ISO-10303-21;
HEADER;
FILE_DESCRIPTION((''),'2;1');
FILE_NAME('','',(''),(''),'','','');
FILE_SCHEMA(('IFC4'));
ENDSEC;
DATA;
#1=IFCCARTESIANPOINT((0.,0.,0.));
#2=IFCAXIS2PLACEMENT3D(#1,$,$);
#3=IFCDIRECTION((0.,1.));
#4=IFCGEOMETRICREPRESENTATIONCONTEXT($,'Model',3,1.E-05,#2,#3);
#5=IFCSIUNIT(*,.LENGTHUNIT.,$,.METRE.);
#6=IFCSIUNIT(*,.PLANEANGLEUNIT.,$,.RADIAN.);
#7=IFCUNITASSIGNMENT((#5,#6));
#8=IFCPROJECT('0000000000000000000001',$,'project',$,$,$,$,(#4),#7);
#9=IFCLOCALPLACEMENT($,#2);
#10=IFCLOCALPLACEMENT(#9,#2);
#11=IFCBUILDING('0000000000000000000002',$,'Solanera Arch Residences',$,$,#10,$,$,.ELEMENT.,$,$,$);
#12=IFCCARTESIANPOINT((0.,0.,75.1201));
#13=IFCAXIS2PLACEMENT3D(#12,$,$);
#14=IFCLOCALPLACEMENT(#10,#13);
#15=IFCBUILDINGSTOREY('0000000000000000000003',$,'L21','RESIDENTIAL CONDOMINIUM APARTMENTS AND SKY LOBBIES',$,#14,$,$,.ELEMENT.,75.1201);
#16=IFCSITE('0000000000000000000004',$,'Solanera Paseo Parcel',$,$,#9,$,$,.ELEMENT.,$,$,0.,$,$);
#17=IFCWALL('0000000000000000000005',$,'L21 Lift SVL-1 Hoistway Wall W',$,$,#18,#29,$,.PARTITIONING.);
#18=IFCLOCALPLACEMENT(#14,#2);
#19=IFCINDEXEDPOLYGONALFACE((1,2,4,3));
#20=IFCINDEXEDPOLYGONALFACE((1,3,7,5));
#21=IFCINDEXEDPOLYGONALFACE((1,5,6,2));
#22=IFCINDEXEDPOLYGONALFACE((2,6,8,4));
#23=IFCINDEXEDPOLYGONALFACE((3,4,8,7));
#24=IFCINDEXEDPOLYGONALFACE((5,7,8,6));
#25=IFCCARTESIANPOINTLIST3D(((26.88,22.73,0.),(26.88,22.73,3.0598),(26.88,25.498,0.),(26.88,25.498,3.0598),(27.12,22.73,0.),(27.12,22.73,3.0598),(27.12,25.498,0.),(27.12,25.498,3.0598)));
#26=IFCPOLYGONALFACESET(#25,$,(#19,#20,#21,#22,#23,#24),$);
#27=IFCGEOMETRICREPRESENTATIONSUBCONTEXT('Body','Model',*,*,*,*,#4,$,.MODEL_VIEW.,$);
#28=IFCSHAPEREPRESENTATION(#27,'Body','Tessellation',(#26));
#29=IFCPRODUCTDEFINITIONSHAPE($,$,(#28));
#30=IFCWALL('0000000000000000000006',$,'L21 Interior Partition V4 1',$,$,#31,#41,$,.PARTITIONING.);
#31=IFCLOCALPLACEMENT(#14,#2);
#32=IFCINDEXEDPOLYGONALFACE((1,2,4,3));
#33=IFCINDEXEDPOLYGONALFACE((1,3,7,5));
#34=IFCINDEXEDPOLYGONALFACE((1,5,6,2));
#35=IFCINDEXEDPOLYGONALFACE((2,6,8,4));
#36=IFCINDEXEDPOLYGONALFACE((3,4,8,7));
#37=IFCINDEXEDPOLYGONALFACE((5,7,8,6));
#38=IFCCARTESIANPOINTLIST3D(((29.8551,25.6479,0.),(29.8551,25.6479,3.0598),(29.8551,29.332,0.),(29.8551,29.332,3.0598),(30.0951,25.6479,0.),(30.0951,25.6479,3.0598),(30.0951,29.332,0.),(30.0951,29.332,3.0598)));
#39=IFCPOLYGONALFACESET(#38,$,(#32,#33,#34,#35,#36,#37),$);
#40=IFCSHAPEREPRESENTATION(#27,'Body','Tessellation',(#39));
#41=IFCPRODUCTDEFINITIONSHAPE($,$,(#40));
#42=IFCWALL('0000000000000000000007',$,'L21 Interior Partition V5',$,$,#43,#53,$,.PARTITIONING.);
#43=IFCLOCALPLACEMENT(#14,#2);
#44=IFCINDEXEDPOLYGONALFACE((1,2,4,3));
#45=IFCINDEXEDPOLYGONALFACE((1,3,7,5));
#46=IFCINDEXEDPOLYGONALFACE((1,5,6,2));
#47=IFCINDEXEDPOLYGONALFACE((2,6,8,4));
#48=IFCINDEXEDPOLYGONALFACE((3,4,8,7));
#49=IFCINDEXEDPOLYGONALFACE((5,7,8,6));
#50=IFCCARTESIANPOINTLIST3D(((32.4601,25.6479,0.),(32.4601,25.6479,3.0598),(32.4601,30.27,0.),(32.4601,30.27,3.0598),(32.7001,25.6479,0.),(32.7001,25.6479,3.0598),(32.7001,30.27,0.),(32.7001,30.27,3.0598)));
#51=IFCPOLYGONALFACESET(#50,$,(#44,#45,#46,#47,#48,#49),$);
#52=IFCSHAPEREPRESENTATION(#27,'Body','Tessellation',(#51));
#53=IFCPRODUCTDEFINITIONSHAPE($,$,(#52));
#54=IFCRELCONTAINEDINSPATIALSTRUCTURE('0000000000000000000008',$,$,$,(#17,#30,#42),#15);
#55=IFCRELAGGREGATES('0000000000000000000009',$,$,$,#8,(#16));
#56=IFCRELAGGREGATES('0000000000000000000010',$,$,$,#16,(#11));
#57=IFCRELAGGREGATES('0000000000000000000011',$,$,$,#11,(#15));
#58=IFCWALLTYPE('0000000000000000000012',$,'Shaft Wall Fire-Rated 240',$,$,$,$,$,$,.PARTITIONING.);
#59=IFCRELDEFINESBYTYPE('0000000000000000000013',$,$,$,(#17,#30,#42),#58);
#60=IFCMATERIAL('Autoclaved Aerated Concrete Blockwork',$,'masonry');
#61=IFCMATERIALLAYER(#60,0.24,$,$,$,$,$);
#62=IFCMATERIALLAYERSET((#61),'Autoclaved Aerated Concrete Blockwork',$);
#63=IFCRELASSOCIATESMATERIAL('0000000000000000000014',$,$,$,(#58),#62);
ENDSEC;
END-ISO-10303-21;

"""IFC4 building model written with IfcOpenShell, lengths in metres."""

from ifc_helpers import new_model, si_unit, direction, frame, frame_2d, origin, place, context, subcontext, project, spatial, rectangle, extrude, material, layer, layer_set, type_object, element, save


model = new_model("IFC4")

# Units and contexts
model_context = context("Model", 3, precision=1e-05, world=origin(), true_north=direction((0.0, 1.0)))
body_context = subcontext(model_context, "Body", "Model", "MODEL_VIEW")
ifc_project = project(units=[si_unit("LENGTHUNIT", "METRE"), si_unit("PLANEANGLEUNIT", "RADIAN")], contexts=[model_context])

# Site, building, storey
site_placement = place(None, origin())
site = spatial("IfcSite", under=ifc_project, at=site_placement, Name="Solanera Paseo Parcel", CompositionType="ELEMENT", RefElevation=0.0)
building_placement = place(site_placement, origin())
building = spatial("IfcBuilding", under=site, at=building_placement, Name="Solanera Arch Residences", CompositionType="ELEMENT")
storey_placement = place(building_placement, frame((0.0, 0.0, 75.1201)))
storey = spatial("IfcBuildingStorey", under=building, at=storey_placement, Name="L21", Description="RESIDENTIAL CONDOMINIUM APARTMENTS AND SKY LOBBIES", CompositionType="ELEMENT", Elevation=75.1201)

# Walls
ifc_material_1 = material(Name="Autoclaved Aerated Concrete Blockwork", Category="masonry")
ifc_layer_1 = layer(ifc_material_1, 0.24)
ifc_layer_set_1 = layer_set([ifc_layer_1], Name="Autoclaved Aerated Concrete Blockwork")
wall_type_1 = type_object("IfcWallType", Name="Shaft Wall Fire-Rated 240", PredefinedType="PARTITIONING", material=ifc_layer_set_1)
wall_1_placement = place(storey_placement, frame((27.0, 22.73, 0.0), z_axis=(0.0, 0.0, 1.0), x_axis=(0.0, 1.0, 0.0)))
element("IfcWall", 1, at=wall_1_placement, inside=storey, type_object=wall_type_1, Name="L21 Lift SVL-1 Hoistway Wall W", PredefinedType="PARTITIONING", context=body_context, shape_type="SweptSolid", body=[
    extrude(rectangle(XDim=2.7681, YDim=0.24, at=frame_2d((1.384, 0.0))), origin(), (0.0, 0.0, 1.0), 3.0598),
])
wall_2_placement = place(storey_placement, frame((29.9751, 25.6479, 0.0), z_axis=(0.0, 0.0, 1.0), x_axis=(0.0, 1.0, 0.0)))
element("IfcWall", 2, at=wall_2_placement, inside=storey, type_object=wall_type_1, Name="L21 Interior Partition V4 1", PredefinedType="PARTITIONING", context=body_context, shape_type="SweptSolid", body=[
    extrude(rectangle(XDim=3.6841, YDim=0.24, at=frame_2d((1.842, 0.0))), origin(), (0.0, 0.0, 1.0), 3.0598),
])

# Wall
wall_3_placement = place(storey_placement, frame((32.5801, 25.6479, 0.0), z_axis=(0.0, 0.0, 1.0), x_axis=(0.0, 1.0, 0.0)))
element("IfcWall", 3, at=wall_3_placement, inside=storey, type_object=wall_type_1, Name="L21 Interior Partition V5", PredefinedType="PARTITIONING", context=body_context, shape_type="SweptSolid", body=[
    extrude(rectangle(XDim=4.6221, YDim=0.24, at=frame_2d((2.311, 0.0))), origin(), (0.0, 0.0, 1.0), 3.0598),
])

save(model, "model.ifc")
